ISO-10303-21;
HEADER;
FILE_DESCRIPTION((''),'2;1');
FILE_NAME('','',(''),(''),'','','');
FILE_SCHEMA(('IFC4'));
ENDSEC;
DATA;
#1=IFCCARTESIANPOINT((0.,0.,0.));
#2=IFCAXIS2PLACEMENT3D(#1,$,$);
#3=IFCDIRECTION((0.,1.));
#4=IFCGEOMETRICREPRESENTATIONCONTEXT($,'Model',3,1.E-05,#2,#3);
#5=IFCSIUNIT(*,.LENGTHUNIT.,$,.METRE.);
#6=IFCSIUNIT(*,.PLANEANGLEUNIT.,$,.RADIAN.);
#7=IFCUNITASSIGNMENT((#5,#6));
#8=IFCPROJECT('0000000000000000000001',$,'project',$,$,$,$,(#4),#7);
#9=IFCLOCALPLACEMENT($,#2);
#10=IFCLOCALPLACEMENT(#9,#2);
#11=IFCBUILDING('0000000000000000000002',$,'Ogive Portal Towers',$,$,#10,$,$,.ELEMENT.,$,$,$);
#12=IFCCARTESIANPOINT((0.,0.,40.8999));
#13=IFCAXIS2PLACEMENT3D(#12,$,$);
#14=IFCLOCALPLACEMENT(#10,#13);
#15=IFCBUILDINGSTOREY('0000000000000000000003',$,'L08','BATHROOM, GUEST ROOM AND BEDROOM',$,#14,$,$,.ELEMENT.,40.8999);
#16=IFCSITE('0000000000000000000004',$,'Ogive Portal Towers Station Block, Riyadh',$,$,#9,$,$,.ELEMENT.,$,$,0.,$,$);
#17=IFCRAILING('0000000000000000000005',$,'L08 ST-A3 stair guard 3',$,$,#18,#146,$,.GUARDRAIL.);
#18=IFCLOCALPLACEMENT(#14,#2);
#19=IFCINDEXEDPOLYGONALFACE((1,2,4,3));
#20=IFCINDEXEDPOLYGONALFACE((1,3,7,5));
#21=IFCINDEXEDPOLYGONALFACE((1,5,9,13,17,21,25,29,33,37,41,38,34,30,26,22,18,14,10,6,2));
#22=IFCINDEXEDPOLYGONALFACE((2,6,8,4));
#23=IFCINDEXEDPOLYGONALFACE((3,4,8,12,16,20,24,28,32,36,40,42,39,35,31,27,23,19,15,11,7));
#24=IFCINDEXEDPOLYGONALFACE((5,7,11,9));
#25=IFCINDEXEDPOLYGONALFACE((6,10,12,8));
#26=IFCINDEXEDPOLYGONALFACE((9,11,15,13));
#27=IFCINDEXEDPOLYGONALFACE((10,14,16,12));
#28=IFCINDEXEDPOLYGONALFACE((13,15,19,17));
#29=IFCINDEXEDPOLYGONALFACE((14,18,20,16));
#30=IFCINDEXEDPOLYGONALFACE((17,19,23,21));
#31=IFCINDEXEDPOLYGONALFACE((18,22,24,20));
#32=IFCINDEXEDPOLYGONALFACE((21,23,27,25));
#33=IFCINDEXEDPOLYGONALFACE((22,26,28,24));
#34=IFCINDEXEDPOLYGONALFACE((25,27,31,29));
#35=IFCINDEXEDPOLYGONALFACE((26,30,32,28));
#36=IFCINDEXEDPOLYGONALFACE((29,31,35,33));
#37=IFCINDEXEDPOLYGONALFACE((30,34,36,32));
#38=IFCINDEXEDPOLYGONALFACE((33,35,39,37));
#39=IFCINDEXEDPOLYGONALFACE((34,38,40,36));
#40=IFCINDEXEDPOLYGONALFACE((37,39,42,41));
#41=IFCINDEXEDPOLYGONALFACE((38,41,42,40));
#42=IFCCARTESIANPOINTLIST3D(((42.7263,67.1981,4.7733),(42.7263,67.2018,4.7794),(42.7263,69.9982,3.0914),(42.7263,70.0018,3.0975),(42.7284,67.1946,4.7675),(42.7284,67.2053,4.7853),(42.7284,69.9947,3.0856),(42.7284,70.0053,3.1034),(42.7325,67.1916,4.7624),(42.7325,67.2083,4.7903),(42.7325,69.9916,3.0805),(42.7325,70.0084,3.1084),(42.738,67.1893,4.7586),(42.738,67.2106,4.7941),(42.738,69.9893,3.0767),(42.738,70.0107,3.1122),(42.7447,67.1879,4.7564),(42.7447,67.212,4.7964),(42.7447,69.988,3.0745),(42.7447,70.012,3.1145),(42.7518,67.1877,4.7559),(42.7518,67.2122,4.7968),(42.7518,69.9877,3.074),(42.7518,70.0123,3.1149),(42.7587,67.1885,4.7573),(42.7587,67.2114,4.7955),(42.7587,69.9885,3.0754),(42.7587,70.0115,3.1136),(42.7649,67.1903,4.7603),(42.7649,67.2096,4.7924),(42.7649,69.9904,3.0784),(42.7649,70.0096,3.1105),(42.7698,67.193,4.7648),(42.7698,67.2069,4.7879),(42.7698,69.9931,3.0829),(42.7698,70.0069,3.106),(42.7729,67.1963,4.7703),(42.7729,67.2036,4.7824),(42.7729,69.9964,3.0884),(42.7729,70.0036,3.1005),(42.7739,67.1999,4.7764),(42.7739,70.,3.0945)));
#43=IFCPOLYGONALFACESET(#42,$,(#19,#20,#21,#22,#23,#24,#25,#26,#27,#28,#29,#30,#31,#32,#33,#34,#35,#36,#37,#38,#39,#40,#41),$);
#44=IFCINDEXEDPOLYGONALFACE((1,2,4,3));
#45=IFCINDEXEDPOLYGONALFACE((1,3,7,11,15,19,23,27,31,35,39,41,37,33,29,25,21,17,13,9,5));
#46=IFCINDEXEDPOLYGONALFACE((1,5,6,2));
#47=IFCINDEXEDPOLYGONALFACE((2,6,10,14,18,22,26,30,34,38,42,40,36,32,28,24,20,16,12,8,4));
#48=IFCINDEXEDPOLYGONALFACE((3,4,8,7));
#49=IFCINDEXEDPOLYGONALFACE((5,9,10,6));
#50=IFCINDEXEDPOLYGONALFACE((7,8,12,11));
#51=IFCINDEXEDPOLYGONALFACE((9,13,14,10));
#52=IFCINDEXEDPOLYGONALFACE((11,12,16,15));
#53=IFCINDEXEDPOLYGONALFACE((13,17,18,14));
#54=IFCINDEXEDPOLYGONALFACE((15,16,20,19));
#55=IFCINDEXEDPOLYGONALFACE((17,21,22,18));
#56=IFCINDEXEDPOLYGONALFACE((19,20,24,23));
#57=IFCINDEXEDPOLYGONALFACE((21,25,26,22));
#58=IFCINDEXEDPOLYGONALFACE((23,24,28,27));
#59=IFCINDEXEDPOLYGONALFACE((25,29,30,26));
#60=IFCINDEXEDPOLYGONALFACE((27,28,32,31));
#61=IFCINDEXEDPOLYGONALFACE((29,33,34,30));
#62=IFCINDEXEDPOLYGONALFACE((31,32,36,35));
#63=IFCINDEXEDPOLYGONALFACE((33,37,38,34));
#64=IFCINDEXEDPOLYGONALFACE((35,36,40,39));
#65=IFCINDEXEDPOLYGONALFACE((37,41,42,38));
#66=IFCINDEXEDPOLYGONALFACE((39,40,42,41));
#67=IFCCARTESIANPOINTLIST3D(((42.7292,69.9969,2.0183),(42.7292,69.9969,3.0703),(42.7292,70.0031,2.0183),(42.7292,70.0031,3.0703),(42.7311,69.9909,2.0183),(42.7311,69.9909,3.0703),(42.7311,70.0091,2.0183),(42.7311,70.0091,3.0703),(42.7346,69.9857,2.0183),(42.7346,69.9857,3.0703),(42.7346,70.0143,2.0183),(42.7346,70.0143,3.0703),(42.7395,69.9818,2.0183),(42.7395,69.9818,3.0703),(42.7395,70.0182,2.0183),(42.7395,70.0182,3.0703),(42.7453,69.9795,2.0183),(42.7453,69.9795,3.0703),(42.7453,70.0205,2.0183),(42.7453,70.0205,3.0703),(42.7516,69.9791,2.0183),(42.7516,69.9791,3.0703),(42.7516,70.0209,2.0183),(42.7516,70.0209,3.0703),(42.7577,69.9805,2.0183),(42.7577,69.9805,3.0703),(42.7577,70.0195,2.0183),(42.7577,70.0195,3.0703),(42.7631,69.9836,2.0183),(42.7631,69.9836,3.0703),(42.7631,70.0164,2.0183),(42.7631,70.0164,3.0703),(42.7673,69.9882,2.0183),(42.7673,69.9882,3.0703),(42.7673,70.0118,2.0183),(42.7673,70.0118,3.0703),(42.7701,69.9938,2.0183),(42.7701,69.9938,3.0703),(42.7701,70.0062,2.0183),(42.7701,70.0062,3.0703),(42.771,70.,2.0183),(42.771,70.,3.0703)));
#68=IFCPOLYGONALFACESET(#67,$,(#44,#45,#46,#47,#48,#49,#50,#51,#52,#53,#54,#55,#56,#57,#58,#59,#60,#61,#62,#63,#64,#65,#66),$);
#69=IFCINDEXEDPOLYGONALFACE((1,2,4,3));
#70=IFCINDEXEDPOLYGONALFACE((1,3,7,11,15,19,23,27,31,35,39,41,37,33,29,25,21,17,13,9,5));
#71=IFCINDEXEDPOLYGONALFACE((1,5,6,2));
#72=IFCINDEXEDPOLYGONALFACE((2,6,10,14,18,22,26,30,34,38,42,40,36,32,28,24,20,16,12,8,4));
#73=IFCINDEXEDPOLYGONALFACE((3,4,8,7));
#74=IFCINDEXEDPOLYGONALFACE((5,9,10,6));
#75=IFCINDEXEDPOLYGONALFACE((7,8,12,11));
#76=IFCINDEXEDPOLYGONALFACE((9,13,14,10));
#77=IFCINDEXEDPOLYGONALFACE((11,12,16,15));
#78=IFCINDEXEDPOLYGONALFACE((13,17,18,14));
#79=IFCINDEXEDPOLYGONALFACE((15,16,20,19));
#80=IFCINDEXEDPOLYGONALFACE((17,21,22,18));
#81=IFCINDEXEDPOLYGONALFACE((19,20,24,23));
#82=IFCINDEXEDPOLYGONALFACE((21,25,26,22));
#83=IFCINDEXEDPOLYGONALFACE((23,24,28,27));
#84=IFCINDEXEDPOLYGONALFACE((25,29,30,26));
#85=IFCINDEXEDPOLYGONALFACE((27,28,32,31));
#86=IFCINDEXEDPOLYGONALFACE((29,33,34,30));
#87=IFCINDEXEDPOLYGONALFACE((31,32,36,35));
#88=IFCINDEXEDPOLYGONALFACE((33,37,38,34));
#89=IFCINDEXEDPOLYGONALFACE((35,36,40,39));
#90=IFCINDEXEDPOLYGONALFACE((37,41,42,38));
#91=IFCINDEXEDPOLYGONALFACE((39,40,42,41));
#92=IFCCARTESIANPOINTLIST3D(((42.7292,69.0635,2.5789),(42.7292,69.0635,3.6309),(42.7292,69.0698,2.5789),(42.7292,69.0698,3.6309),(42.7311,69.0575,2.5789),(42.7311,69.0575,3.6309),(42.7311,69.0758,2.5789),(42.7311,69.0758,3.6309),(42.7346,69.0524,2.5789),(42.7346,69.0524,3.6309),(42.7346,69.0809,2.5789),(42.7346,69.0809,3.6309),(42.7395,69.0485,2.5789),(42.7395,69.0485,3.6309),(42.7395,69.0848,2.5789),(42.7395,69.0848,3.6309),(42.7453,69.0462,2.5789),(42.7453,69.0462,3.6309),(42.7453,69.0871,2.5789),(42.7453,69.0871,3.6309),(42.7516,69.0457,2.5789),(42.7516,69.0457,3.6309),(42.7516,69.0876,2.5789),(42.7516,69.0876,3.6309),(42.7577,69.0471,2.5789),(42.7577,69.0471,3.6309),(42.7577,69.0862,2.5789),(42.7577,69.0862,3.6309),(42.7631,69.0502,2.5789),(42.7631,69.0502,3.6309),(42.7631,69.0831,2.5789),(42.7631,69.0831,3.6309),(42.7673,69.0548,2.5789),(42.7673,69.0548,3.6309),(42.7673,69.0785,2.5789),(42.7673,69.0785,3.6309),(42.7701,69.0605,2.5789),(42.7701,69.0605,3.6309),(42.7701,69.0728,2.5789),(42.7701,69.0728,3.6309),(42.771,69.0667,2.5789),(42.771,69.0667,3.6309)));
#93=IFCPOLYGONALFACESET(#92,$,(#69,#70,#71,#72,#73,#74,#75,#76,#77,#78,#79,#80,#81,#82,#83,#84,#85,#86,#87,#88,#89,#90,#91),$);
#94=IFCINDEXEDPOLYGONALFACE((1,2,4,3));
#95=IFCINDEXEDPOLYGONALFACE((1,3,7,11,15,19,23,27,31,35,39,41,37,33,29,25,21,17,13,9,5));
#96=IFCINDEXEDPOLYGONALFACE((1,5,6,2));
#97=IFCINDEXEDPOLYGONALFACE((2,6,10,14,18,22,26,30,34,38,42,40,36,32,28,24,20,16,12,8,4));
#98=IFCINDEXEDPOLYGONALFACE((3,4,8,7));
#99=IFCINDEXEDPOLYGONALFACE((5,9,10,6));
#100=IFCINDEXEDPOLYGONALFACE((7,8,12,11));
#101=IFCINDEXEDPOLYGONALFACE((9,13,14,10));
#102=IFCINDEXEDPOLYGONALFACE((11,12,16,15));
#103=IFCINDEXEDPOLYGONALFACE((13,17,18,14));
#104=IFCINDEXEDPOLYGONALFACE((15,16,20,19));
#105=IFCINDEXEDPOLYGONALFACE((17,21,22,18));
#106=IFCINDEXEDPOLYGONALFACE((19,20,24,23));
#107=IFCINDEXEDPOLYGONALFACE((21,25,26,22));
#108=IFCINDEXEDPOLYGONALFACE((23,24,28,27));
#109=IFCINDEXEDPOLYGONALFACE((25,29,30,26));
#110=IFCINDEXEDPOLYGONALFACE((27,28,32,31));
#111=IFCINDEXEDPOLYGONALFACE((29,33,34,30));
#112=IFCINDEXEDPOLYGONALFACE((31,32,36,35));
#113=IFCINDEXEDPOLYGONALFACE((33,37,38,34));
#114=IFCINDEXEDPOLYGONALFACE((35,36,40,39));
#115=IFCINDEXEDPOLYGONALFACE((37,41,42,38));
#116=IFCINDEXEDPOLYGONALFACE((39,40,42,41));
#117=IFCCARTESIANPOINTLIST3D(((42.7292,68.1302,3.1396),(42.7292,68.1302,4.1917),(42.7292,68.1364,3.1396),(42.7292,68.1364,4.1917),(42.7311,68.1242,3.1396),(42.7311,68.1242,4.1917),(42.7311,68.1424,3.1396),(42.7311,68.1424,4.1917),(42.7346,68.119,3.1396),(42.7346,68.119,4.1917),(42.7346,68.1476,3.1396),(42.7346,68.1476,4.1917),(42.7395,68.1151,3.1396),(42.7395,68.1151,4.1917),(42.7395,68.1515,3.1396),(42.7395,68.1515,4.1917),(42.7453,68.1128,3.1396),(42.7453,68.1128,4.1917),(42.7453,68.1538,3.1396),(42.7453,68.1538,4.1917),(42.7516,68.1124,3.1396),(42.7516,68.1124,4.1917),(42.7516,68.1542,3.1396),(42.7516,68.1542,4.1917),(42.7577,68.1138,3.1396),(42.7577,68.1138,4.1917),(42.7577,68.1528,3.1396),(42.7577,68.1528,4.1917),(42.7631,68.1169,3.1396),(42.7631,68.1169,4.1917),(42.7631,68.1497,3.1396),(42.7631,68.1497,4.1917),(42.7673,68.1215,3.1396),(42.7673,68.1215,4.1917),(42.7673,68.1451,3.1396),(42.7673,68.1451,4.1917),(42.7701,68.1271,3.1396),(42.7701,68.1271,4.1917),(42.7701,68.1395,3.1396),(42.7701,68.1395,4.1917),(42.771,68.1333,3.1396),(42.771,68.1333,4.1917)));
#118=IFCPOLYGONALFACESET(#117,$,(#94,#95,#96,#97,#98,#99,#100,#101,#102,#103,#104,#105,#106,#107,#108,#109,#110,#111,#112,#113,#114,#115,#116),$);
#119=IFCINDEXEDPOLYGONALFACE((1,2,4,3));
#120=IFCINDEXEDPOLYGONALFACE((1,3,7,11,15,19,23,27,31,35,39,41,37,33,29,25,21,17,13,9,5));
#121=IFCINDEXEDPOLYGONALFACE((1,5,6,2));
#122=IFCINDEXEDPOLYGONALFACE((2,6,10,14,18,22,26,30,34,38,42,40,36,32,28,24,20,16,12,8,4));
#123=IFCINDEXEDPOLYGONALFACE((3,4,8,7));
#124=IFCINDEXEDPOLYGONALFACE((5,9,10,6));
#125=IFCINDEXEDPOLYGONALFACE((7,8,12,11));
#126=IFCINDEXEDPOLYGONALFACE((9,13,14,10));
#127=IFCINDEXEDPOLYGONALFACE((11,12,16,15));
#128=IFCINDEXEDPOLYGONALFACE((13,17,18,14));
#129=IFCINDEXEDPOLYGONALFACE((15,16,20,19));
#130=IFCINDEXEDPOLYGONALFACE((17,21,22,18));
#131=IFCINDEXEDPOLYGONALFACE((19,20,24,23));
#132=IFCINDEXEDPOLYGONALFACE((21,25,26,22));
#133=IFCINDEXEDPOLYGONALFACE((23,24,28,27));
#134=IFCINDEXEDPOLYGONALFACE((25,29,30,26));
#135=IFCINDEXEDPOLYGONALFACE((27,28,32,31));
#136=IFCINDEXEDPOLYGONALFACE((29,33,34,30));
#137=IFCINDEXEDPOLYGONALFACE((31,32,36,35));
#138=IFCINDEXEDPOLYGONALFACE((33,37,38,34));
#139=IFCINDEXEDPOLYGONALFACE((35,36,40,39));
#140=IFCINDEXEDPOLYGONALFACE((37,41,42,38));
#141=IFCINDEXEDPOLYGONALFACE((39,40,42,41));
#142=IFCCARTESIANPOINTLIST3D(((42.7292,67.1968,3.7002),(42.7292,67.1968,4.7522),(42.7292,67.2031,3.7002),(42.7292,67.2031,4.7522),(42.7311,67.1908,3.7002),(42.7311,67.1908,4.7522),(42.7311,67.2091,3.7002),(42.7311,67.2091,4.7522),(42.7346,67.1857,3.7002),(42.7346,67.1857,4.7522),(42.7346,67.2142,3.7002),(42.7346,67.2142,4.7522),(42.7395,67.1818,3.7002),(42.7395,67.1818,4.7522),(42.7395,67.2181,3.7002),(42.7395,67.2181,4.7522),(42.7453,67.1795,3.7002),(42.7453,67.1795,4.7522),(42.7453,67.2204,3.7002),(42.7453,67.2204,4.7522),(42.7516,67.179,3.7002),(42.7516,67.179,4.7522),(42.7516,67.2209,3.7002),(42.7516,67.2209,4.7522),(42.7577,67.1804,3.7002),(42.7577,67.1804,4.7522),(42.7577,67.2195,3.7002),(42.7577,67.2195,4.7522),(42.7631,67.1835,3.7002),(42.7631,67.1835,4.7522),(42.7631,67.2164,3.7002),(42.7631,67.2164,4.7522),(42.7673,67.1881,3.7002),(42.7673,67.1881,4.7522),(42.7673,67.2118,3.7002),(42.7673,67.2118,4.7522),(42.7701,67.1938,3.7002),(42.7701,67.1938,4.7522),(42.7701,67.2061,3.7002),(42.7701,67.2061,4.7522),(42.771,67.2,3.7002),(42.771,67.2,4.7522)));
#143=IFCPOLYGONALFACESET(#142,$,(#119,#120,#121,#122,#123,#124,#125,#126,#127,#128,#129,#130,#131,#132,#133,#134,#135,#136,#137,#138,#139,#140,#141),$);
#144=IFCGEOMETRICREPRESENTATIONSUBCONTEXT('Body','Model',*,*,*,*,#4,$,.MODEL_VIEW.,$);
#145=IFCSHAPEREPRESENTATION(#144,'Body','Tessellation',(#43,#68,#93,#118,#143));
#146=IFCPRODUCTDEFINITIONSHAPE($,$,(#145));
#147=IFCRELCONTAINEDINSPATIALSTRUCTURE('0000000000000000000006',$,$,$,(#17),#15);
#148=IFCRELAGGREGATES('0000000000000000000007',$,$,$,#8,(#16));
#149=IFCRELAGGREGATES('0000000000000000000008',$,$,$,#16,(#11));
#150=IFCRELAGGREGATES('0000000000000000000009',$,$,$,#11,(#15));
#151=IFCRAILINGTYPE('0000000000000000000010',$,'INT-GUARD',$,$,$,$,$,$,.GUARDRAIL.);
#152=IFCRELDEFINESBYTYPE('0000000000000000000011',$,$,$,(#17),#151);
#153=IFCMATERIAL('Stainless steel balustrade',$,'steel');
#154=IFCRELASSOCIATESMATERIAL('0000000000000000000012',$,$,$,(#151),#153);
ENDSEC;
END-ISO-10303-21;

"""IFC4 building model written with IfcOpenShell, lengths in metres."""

from ifc_helpers import new_model, si_unit, direction, frame, origin, origin_2d, place, context, subcontext, project, spatial, circle, extrude, material, type_object, element, save


model = new_model("IFC4")

# Units and contexts
model_context = context("Model", 3, precision=1e-05, world=origin(), true_north=direction((0.0, 1.0)))
body_context = subcontext(model_context, "Body", "Model", "MODEL_VIEW")
ifc_project = project(units=[si_unit("LENGTHUNIT", "METRE"), si_unit("PLANEANGLEUNIT", "RADIAN")], contexts=[model_context])

# Site, building, storey
site_placement = place(None, origin())
site = spatial("IfcSite", under=ifc_project, at=site_placement, Name="Ogive Portal Towers Station Block, Riyadh", CompositionType="ELEMENT", RefElevation=0.0)
building_placement = place(site_placement, origin())
building = spatial("IfcBuilding", under=site, at=building_placement, Name="Ogive Portal Towers", CompositionType="ELEMENT")
storey_placement = place(building_placement, frame((0.0, 0.0, 40.8999)))
storey = spatial("IfcBuildingStorey", under=building, at=storey_placement, Name="L08", Description="BATHROOM, GUEST ROOM AND BEDROOM", CompositionType="ELEMENT", Elevation=40.8999)

# Railing
ifc_material_1 = material(Name="Stainless steel balustrade", Category="steel")
railing_type_1 = type_object("IfcRailingType", Name="INT-GUARD", PredefinedType="GUARDRAIL", material=ifc_material_1)
railing_1_placement = place(storey_placement, frame((42.75, 70.0, 2.0183)))
element("IfcRailing", 1, at=railing_1_placement, inside=storey, type_object=railing_type_1, Name="L08 ST-A3 stair guard 3", PredefinedType="GUARDRAIL", context=body_context, shape_type="SweptSolid", body=[
    extrude(circle(Radius=0.0239, at=origin_2d()), frame((0.0, 0.0, 1.0762), z_axis=(0.0, -0.857242, 0.514913), x_axis=(1.0, 0.0, 0.0)), (0.0, 0.0, 1.0), 3.2664),
    extrude(circle(Radius=0.021, at=origin_2d()), origin(), (0.0, 0.0, 1.0), 1.052),
    extrude(circle(Radius=0.021, at=origin_2d()), frame((0.0, -0.9333, 0.5605)), (0.0, 0.0, 1.0), 1.052),
    extrude(circle(Radius=0.021, at=origin_2d()), frame((0.0, -1.8667, 1.1213)), (0.0, 0.0, 1.0), 1.052),
    extrude(circle(Radius=0.021, at=origin_2d()), frame((0.0, -2.8, 1.6819)), (0.0, 0.0, 1.0), 1.052),
])

save(model, "model.ifc")
